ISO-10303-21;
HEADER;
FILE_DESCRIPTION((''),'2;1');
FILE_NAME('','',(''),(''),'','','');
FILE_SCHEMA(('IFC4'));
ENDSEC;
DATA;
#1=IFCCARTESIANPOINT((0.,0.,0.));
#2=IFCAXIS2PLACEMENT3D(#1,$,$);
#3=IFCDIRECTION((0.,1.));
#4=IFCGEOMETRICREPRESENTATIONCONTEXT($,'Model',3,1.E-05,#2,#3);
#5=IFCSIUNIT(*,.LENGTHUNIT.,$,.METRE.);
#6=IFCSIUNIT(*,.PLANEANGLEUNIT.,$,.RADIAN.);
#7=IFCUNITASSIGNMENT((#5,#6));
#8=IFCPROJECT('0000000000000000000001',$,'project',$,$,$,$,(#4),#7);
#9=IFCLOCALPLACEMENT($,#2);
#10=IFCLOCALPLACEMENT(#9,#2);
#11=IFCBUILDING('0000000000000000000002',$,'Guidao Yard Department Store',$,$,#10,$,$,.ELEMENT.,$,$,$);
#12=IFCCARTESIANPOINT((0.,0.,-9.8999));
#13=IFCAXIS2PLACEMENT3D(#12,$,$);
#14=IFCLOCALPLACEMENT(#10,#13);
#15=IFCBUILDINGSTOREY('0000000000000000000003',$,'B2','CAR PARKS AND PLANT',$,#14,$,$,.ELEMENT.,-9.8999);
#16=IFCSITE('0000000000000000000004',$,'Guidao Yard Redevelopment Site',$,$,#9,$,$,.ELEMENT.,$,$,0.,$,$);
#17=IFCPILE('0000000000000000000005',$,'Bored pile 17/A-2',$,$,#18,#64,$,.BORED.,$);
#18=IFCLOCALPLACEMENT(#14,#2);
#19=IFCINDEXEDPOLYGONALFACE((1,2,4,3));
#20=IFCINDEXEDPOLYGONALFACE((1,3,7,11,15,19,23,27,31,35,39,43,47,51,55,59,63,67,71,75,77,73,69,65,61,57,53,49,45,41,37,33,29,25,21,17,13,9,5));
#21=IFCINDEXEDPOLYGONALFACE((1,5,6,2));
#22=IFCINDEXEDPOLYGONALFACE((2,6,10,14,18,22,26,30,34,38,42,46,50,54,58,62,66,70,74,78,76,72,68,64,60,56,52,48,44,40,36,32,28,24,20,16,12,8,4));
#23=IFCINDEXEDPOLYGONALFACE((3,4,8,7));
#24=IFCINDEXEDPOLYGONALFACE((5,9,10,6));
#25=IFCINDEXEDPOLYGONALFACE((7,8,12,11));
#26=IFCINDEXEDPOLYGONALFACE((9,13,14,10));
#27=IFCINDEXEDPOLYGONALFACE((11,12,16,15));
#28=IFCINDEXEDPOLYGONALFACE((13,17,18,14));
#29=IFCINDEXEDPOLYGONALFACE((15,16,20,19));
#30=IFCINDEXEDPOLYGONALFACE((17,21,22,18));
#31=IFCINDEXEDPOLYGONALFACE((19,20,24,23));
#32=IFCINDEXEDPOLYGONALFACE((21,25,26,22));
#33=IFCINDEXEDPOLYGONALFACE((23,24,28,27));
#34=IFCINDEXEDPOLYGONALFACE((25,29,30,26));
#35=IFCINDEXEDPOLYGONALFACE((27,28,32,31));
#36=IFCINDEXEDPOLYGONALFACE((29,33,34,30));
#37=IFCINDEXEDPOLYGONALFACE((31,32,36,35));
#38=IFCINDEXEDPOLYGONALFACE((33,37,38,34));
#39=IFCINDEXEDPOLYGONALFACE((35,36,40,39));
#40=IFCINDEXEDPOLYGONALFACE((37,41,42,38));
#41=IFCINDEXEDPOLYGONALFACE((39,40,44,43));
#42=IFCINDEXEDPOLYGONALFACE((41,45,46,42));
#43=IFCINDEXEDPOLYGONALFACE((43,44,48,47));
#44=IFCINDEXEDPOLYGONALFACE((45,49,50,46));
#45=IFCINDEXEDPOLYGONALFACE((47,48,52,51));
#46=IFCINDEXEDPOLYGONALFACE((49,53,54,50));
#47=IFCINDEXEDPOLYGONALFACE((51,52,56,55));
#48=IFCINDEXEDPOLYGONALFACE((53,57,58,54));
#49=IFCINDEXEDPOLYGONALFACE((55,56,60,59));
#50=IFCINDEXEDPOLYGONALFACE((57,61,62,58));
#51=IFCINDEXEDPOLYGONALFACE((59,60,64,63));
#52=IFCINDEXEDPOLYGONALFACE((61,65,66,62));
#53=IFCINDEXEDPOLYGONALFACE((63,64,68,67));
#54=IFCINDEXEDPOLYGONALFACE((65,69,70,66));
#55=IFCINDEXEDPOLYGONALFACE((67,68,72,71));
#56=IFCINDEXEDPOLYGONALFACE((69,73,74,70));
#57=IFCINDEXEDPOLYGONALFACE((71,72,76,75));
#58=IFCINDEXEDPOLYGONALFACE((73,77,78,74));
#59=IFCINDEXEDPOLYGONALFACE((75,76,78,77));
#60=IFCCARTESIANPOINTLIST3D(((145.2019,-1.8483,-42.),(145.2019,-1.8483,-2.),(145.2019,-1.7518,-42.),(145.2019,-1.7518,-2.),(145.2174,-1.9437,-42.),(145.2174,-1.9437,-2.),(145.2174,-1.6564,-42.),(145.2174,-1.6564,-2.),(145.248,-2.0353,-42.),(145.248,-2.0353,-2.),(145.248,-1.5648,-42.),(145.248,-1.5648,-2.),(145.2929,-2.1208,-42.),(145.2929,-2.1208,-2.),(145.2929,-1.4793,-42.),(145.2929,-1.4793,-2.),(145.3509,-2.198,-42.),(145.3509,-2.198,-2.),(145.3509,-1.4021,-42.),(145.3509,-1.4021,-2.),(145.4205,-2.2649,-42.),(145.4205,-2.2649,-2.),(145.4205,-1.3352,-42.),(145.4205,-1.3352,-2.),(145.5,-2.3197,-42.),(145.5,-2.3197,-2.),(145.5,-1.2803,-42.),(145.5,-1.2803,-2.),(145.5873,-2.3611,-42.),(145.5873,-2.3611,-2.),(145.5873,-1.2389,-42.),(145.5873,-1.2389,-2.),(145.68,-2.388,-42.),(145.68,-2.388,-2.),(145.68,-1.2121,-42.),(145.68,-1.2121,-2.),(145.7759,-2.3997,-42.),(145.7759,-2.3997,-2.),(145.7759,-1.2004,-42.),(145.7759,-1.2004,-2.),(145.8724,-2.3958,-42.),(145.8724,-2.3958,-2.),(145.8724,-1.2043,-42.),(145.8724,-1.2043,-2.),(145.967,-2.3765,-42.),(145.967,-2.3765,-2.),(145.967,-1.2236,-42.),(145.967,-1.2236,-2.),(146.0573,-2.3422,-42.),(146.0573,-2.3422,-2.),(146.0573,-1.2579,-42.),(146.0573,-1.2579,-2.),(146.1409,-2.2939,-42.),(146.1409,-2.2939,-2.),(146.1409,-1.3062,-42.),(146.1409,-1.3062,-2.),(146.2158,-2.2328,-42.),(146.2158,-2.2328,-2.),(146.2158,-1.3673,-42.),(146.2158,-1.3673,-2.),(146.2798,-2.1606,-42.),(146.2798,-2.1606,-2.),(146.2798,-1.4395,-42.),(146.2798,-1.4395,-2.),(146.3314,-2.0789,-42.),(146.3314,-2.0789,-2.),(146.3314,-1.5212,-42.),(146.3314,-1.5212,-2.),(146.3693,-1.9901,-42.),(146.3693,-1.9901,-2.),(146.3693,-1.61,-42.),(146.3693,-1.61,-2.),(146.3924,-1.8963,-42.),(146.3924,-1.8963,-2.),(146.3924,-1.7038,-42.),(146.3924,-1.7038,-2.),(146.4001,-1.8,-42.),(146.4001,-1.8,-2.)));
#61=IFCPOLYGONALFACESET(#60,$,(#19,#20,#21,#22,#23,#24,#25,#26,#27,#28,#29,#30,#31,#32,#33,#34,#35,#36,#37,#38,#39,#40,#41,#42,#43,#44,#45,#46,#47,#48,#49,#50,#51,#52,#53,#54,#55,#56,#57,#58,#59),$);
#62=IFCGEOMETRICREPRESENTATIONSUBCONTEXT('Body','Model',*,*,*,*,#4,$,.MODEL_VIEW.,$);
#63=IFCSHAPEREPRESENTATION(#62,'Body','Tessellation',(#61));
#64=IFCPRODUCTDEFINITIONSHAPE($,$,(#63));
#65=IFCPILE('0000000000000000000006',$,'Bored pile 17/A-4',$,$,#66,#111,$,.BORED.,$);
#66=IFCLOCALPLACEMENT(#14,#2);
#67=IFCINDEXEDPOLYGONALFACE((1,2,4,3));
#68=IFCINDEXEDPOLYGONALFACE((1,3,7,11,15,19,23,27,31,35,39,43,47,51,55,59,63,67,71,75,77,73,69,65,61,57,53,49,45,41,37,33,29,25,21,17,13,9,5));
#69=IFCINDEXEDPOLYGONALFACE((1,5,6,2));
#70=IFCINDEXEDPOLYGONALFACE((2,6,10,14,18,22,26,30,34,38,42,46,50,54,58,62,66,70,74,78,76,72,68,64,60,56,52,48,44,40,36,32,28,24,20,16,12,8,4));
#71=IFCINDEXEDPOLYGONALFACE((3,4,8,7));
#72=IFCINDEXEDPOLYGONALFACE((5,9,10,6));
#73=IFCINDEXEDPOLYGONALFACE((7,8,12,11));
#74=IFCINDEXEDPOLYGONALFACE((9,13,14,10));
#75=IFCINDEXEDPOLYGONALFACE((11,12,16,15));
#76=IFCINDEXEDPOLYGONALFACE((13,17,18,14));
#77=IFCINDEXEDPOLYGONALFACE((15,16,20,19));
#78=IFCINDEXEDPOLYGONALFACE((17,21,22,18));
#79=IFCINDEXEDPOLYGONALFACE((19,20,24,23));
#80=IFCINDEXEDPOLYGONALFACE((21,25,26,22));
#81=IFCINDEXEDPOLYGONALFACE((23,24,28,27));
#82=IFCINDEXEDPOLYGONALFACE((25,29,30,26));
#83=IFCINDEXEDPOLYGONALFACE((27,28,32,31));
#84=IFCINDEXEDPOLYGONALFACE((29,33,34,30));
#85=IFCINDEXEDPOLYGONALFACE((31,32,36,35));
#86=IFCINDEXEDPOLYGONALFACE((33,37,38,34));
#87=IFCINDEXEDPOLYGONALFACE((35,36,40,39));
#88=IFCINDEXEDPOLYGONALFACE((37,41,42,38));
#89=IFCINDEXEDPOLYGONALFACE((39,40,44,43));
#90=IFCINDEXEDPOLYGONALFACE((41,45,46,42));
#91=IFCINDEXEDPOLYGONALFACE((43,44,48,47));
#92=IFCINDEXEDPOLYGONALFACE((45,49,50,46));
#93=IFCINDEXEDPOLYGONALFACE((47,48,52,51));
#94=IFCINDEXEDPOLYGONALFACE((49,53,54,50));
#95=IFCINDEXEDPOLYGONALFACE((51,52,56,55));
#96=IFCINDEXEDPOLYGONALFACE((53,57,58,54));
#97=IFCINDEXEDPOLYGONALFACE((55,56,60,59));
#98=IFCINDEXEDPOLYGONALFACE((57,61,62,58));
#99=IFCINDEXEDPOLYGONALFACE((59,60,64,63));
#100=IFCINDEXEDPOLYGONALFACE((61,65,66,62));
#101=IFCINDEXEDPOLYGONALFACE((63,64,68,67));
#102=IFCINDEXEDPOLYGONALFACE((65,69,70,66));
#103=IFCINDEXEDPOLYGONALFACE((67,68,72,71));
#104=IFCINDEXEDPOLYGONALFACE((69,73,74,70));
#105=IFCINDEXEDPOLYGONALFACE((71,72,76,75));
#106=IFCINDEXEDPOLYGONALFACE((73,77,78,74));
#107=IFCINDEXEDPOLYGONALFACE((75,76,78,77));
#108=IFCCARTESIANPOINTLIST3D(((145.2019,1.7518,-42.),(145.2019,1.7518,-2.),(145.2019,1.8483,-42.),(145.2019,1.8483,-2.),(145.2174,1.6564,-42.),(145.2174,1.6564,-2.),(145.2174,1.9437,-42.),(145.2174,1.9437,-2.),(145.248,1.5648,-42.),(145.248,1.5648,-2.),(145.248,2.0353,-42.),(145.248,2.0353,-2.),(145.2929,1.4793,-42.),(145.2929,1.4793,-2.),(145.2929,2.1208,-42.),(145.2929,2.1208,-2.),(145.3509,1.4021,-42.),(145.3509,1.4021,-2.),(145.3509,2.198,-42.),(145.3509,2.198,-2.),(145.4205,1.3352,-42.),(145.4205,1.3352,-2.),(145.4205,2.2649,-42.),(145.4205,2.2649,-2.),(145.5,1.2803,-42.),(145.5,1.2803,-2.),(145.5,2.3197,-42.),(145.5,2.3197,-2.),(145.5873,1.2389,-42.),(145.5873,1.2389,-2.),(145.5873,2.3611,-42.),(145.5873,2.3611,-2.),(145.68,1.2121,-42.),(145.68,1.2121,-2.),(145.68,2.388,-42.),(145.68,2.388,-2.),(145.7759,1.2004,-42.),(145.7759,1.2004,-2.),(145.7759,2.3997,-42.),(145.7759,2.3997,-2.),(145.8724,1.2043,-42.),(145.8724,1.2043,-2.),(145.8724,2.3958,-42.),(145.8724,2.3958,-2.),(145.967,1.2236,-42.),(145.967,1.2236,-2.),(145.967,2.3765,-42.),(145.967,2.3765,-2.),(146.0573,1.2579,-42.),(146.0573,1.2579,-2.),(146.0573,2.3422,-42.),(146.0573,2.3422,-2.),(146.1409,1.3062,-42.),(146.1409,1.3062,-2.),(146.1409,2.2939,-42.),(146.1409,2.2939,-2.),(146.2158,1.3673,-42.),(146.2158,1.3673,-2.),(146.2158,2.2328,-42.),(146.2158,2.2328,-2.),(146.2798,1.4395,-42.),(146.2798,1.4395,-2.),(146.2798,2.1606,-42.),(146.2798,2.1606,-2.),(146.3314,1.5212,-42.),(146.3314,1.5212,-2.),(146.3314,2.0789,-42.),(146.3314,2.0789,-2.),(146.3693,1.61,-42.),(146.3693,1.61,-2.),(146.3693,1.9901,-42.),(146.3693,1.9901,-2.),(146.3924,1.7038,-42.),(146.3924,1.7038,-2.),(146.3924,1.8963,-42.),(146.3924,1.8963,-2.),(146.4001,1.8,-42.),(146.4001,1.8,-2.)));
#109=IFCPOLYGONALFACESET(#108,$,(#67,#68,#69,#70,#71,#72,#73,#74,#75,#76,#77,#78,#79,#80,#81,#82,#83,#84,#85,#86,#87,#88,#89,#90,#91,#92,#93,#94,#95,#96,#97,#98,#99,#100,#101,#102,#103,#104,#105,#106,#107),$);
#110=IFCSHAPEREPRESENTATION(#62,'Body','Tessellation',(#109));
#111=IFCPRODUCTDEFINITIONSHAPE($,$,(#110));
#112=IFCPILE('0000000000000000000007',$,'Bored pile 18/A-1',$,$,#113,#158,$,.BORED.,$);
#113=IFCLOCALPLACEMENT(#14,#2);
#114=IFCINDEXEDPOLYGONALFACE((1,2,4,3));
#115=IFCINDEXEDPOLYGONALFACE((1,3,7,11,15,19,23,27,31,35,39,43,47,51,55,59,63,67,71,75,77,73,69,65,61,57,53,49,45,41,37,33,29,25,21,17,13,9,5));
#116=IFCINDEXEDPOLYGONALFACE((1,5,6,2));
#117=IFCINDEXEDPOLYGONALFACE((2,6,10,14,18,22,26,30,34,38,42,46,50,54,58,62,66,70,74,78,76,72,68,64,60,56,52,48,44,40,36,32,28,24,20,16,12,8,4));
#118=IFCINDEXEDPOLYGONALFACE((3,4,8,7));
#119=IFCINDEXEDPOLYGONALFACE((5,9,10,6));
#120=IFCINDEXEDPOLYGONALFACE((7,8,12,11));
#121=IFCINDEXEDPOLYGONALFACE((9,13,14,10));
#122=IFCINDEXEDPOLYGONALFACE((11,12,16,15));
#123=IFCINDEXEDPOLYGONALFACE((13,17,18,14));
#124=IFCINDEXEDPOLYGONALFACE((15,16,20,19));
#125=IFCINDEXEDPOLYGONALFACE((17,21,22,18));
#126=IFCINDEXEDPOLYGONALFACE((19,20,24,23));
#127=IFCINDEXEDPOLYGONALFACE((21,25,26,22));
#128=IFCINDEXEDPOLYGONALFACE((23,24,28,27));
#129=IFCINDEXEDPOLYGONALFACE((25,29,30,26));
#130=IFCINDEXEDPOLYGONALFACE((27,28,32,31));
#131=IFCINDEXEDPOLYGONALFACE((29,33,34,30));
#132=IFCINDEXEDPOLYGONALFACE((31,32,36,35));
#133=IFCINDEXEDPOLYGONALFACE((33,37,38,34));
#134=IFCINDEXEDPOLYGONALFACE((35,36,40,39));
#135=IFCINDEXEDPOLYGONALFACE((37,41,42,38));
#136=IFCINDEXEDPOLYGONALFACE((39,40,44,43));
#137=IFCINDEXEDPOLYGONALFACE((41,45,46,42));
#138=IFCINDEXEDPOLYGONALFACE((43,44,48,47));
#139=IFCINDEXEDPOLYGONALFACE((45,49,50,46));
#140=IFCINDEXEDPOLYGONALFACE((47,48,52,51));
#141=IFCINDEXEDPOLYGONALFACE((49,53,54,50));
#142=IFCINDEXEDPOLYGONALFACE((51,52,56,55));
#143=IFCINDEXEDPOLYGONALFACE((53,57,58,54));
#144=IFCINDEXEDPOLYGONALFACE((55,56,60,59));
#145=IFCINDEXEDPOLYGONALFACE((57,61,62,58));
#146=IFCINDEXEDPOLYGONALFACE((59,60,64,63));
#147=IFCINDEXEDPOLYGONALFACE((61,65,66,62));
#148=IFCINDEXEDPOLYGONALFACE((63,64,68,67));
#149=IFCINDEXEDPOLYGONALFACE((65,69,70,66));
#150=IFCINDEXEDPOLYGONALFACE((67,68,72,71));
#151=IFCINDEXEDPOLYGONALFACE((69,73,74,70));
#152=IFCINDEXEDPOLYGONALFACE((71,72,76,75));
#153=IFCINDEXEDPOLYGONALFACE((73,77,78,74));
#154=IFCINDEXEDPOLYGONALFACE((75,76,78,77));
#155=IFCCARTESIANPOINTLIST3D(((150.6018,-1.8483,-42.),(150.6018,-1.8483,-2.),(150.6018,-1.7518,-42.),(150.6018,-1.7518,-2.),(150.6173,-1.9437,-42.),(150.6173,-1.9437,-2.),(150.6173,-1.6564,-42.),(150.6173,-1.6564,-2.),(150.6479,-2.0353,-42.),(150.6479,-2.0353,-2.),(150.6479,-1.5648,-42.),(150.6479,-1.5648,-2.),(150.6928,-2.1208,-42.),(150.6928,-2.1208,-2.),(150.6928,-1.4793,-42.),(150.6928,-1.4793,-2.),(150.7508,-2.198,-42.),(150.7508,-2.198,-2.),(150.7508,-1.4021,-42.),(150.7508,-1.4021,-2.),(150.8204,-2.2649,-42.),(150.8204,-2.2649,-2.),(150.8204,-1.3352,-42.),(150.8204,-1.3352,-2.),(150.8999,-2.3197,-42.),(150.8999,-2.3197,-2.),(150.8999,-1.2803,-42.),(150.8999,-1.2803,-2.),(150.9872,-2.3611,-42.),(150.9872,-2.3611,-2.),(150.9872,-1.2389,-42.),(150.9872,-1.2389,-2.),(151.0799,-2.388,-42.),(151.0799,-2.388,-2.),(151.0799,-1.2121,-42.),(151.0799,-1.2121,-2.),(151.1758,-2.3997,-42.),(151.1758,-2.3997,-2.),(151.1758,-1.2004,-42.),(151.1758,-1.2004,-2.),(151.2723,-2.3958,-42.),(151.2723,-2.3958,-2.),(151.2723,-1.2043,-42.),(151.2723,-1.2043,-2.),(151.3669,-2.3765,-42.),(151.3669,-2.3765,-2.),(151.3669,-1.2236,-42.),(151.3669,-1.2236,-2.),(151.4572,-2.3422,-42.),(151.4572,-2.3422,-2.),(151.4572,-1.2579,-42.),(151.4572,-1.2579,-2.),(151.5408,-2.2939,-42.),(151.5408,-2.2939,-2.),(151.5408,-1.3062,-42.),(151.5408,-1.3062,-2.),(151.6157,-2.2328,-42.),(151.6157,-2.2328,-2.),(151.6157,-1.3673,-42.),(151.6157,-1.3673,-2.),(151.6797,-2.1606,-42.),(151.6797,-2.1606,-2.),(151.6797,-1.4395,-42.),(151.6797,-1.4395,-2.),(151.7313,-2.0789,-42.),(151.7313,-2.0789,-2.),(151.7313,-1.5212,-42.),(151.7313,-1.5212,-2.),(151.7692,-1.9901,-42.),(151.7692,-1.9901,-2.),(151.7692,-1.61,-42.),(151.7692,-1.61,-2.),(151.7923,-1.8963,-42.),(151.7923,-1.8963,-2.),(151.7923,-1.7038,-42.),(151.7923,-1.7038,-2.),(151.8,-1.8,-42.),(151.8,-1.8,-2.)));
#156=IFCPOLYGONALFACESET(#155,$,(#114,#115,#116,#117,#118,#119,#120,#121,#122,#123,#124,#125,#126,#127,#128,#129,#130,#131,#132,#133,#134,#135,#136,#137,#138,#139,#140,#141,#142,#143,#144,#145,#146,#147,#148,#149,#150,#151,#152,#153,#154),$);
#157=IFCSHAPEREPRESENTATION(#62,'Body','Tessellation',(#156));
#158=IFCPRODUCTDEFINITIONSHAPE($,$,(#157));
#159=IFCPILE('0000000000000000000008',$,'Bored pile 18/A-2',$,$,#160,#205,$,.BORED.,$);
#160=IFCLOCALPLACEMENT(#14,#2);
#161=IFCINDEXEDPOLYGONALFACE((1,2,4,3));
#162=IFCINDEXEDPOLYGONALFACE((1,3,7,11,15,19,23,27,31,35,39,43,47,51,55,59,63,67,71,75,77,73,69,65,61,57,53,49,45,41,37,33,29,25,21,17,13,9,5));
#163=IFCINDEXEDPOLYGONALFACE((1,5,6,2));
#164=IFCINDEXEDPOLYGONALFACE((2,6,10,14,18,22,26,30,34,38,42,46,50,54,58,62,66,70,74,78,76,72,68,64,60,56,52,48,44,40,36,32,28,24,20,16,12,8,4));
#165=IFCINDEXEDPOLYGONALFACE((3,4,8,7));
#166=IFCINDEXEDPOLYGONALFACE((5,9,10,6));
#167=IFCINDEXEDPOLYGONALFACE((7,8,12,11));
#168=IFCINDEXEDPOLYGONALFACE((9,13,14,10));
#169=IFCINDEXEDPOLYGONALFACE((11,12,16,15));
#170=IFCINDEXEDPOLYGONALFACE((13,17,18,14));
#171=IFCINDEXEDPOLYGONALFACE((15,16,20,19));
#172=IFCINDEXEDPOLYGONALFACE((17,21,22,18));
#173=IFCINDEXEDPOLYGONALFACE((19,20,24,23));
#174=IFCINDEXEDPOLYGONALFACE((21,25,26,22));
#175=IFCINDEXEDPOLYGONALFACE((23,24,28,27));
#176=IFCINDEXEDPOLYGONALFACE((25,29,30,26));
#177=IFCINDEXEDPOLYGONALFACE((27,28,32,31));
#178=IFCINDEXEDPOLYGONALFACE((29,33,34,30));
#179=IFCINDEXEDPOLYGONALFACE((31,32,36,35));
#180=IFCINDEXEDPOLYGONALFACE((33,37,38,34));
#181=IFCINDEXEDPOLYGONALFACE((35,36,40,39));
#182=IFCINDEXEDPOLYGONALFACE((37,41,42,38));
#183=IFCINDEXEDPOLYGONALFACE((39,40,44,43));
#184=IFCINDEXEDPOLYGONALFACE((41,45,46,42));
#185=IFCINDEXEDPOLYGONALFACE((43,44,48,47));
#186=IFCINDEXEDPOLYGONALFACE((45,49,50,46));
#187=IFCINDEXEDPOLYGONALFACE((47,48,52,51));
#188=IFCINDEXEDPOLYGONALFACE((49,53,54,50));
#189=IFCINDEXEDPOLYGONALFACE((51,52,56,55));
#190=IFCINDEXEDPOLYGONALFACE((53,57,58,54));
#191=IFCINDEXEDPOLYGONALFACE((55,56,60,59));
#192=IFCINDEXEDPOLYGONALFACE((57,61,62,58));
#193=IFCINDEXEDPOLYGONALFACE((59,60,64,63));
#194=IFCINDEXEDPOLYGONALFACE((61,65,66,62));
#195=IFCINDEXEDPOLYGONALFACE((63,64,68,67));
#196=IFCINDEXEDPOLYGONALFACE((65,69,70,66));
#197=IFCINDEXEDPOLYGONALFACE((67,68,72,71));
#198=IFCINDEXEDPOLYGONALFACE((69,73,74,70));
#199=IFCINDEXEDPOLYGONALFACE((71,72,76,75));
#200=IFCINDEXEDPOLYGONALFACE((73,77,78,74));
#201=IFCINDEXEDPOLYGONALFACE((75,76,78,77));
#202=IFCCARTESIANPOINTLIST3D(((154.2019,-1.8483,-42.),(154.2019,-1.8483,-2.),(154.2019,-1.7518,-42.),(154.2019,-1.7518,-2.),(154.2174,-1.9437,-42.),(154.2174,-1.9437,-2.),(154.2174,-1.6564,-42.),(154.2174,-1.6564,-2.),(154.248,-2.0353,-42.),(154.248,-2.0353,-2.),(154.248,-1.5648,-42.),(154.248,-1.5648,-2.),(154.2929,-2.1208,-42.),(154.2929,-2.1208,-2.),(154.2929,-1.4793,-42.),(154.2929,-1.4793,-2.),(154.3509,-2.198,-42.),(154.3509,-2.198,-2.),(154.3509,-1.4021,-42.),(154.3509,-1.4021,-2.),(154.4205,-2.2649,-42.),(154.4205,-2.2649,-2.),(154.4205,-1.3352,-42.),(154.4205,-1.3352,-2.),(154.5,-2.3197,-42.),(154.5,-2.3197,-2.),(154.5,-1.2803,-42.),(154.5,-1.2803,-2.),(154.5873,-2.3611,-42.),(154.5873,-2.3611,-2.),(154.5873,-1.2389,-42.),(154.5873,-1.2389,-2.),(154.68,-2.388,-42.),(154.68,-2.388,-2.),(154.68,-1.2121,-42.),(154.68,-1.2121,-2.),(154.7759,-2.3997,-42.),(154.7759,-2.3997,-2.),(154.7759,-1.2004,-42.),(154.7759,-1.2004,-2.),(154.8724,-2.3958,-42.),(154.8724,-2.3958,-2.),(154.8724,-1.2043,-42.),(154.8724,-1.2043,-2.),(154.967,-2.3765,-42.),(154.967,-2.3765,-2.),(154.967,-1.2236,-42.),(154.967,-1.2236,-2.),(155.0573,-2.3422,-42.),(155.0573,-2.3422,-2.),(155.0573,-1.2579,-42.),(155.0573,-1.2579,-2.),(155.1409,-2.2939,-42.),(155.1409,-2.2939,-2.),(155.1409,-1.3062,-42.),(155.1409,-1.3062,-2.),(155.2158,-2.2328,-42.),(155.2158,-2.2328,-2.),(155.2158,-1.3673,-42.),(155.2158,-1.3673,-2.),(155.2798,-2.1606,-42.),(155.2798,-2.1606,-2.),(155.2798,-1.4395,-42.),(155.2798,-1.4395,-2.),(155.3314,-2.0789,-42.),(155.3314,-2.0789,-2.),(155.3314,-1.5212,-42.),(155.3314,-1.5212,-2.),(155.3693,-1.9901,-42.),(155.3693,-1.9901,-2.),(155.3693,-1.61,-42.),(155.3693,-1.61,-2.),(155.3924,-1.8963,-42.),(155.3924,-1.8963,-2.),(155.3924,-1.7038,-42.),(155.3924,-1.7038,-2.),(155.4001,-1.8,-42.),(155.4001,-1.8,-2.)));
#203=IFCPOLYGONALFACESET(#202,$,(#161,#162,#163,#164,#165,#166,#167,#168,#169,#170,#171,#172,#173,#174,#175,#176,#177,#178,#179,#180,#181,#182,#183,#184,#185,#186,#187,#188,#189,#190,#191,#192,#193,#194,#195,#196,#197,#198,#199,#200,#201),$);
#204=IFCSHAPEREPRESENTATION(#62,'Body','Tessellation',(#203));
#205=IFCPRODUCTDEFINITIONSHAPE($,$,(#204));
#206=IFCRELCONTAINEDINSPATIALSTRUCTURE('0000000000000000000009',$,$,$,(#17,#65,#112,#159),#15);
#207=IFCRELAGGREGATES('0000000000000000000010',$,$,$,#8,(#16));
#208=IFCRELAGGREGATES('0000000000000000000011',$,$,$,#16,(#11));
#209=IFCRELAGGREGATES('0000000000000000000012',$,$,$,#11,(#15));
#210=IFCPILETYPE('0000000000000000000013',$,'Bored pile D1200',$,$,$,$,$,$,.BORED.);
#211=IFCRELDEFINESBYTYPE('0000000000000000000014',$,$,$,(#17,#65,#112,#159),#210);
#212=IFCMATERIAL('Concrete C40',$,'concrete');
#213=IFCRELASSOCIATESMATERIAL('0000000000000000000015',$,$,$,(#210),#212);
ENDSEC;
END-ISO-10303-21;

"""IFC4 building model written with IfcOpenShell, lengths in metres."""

from ifc_helpers import new_model, si_unit, direction, frame, origin, origin_2d, place, context, subcontext, project, spatial, circle, extrude, material, material_profile, profile_set, type_object, element, save


model = new_model("IFC4")

# Units and contexts
model_context = context("Model", 3, precision=1e-05, world=origin(), true_north=direction((0.0, 1.0)))
body_context = subcontext(model_context, "Body", "Model", "MODEL_VIEW")
ifc_project = project(units=[si_unit("LENGTHUNIT", "METRE"), si_unit("PLANEANGLEUNIT", "RADIAN")], contexts=[model_context])

# Site, building, storey
site_placement = place(None, origin())
site = spatial("IfcSite", under=ifc_project, at=site_placement, Name="Guidao Yard Redevelopment Site", CompositionType="ELEMENT", RefElevation=0.0)
building_placement = place(site_placement, origin())
building = spatial("IfcBuilding", under=site, at=building_placement, Name="Guidao Yard Department Store", CompositionType="ELEMENT")
storey_placement = place(building_placement, frame((0.0, 0.0, -9.8999)))
storey = spatial("IfcBuildingStorey", under=building, at=storey_placement, Name="B2", Description="CAR PARKS AND PLANT", CompositionType="ELEMENT", Elevation=-9.8999)

# Piles
ifc_material_1 = material(Name="Concrete C40", Category="concrete")
ifc_material_profile_1 = material_profile(ifc_material_1, circle(Radius=0.6001, at=origin_2d()), Name="Bored pile D1200")
ifc_profile_set_1 = profile_set([ifc_material_profile_1], Name="Concrete C40")
pile_type = type_object("IfcPileType", Name="Bored pile D1200", PredefinedType="BORED", material=ifc_profile_set_1)
for number, where, z_axis, x_axis, name in (
    (1, (145.8, -1.8, -2.0), (0.0, 0.0, -1.0), (1.0, 0.0, 0.0), "Bored pile 17/A-2"),
    (2, (145.8, 1.8, -2.0), (0.0, 0.0, -1.0), (1.0, 0.0, 0.0), "Bored pile 17/A-4"),
    (3, (151.2, -1.8, -2.0), (0.0, 0.0, -1.0), (1.0, 0.0, 0.0), "Bored pile 18/A-1"),
    (4, (154.8, -1.8, -2.0), (0.0, 0.0, -1.0), (1.0, 0.0, 0.0), "Bored pile 18/A-2"),
):
    element("IfcPile", number, at=place(storey_placement, frame(where, z_axis=z_axis, x_axis=x_axis)), inside=storey, type_object=pile_type, Name=name, PredefinedType="BORED", context=body_context, shape_type="SweptSolid", body=[
        extrude(circle(Radius=0.6001, at=origin_2d()), origin(), (0.0, 0.0, 1.0), 40.0),
    ])

save(model, "model.ifc")
